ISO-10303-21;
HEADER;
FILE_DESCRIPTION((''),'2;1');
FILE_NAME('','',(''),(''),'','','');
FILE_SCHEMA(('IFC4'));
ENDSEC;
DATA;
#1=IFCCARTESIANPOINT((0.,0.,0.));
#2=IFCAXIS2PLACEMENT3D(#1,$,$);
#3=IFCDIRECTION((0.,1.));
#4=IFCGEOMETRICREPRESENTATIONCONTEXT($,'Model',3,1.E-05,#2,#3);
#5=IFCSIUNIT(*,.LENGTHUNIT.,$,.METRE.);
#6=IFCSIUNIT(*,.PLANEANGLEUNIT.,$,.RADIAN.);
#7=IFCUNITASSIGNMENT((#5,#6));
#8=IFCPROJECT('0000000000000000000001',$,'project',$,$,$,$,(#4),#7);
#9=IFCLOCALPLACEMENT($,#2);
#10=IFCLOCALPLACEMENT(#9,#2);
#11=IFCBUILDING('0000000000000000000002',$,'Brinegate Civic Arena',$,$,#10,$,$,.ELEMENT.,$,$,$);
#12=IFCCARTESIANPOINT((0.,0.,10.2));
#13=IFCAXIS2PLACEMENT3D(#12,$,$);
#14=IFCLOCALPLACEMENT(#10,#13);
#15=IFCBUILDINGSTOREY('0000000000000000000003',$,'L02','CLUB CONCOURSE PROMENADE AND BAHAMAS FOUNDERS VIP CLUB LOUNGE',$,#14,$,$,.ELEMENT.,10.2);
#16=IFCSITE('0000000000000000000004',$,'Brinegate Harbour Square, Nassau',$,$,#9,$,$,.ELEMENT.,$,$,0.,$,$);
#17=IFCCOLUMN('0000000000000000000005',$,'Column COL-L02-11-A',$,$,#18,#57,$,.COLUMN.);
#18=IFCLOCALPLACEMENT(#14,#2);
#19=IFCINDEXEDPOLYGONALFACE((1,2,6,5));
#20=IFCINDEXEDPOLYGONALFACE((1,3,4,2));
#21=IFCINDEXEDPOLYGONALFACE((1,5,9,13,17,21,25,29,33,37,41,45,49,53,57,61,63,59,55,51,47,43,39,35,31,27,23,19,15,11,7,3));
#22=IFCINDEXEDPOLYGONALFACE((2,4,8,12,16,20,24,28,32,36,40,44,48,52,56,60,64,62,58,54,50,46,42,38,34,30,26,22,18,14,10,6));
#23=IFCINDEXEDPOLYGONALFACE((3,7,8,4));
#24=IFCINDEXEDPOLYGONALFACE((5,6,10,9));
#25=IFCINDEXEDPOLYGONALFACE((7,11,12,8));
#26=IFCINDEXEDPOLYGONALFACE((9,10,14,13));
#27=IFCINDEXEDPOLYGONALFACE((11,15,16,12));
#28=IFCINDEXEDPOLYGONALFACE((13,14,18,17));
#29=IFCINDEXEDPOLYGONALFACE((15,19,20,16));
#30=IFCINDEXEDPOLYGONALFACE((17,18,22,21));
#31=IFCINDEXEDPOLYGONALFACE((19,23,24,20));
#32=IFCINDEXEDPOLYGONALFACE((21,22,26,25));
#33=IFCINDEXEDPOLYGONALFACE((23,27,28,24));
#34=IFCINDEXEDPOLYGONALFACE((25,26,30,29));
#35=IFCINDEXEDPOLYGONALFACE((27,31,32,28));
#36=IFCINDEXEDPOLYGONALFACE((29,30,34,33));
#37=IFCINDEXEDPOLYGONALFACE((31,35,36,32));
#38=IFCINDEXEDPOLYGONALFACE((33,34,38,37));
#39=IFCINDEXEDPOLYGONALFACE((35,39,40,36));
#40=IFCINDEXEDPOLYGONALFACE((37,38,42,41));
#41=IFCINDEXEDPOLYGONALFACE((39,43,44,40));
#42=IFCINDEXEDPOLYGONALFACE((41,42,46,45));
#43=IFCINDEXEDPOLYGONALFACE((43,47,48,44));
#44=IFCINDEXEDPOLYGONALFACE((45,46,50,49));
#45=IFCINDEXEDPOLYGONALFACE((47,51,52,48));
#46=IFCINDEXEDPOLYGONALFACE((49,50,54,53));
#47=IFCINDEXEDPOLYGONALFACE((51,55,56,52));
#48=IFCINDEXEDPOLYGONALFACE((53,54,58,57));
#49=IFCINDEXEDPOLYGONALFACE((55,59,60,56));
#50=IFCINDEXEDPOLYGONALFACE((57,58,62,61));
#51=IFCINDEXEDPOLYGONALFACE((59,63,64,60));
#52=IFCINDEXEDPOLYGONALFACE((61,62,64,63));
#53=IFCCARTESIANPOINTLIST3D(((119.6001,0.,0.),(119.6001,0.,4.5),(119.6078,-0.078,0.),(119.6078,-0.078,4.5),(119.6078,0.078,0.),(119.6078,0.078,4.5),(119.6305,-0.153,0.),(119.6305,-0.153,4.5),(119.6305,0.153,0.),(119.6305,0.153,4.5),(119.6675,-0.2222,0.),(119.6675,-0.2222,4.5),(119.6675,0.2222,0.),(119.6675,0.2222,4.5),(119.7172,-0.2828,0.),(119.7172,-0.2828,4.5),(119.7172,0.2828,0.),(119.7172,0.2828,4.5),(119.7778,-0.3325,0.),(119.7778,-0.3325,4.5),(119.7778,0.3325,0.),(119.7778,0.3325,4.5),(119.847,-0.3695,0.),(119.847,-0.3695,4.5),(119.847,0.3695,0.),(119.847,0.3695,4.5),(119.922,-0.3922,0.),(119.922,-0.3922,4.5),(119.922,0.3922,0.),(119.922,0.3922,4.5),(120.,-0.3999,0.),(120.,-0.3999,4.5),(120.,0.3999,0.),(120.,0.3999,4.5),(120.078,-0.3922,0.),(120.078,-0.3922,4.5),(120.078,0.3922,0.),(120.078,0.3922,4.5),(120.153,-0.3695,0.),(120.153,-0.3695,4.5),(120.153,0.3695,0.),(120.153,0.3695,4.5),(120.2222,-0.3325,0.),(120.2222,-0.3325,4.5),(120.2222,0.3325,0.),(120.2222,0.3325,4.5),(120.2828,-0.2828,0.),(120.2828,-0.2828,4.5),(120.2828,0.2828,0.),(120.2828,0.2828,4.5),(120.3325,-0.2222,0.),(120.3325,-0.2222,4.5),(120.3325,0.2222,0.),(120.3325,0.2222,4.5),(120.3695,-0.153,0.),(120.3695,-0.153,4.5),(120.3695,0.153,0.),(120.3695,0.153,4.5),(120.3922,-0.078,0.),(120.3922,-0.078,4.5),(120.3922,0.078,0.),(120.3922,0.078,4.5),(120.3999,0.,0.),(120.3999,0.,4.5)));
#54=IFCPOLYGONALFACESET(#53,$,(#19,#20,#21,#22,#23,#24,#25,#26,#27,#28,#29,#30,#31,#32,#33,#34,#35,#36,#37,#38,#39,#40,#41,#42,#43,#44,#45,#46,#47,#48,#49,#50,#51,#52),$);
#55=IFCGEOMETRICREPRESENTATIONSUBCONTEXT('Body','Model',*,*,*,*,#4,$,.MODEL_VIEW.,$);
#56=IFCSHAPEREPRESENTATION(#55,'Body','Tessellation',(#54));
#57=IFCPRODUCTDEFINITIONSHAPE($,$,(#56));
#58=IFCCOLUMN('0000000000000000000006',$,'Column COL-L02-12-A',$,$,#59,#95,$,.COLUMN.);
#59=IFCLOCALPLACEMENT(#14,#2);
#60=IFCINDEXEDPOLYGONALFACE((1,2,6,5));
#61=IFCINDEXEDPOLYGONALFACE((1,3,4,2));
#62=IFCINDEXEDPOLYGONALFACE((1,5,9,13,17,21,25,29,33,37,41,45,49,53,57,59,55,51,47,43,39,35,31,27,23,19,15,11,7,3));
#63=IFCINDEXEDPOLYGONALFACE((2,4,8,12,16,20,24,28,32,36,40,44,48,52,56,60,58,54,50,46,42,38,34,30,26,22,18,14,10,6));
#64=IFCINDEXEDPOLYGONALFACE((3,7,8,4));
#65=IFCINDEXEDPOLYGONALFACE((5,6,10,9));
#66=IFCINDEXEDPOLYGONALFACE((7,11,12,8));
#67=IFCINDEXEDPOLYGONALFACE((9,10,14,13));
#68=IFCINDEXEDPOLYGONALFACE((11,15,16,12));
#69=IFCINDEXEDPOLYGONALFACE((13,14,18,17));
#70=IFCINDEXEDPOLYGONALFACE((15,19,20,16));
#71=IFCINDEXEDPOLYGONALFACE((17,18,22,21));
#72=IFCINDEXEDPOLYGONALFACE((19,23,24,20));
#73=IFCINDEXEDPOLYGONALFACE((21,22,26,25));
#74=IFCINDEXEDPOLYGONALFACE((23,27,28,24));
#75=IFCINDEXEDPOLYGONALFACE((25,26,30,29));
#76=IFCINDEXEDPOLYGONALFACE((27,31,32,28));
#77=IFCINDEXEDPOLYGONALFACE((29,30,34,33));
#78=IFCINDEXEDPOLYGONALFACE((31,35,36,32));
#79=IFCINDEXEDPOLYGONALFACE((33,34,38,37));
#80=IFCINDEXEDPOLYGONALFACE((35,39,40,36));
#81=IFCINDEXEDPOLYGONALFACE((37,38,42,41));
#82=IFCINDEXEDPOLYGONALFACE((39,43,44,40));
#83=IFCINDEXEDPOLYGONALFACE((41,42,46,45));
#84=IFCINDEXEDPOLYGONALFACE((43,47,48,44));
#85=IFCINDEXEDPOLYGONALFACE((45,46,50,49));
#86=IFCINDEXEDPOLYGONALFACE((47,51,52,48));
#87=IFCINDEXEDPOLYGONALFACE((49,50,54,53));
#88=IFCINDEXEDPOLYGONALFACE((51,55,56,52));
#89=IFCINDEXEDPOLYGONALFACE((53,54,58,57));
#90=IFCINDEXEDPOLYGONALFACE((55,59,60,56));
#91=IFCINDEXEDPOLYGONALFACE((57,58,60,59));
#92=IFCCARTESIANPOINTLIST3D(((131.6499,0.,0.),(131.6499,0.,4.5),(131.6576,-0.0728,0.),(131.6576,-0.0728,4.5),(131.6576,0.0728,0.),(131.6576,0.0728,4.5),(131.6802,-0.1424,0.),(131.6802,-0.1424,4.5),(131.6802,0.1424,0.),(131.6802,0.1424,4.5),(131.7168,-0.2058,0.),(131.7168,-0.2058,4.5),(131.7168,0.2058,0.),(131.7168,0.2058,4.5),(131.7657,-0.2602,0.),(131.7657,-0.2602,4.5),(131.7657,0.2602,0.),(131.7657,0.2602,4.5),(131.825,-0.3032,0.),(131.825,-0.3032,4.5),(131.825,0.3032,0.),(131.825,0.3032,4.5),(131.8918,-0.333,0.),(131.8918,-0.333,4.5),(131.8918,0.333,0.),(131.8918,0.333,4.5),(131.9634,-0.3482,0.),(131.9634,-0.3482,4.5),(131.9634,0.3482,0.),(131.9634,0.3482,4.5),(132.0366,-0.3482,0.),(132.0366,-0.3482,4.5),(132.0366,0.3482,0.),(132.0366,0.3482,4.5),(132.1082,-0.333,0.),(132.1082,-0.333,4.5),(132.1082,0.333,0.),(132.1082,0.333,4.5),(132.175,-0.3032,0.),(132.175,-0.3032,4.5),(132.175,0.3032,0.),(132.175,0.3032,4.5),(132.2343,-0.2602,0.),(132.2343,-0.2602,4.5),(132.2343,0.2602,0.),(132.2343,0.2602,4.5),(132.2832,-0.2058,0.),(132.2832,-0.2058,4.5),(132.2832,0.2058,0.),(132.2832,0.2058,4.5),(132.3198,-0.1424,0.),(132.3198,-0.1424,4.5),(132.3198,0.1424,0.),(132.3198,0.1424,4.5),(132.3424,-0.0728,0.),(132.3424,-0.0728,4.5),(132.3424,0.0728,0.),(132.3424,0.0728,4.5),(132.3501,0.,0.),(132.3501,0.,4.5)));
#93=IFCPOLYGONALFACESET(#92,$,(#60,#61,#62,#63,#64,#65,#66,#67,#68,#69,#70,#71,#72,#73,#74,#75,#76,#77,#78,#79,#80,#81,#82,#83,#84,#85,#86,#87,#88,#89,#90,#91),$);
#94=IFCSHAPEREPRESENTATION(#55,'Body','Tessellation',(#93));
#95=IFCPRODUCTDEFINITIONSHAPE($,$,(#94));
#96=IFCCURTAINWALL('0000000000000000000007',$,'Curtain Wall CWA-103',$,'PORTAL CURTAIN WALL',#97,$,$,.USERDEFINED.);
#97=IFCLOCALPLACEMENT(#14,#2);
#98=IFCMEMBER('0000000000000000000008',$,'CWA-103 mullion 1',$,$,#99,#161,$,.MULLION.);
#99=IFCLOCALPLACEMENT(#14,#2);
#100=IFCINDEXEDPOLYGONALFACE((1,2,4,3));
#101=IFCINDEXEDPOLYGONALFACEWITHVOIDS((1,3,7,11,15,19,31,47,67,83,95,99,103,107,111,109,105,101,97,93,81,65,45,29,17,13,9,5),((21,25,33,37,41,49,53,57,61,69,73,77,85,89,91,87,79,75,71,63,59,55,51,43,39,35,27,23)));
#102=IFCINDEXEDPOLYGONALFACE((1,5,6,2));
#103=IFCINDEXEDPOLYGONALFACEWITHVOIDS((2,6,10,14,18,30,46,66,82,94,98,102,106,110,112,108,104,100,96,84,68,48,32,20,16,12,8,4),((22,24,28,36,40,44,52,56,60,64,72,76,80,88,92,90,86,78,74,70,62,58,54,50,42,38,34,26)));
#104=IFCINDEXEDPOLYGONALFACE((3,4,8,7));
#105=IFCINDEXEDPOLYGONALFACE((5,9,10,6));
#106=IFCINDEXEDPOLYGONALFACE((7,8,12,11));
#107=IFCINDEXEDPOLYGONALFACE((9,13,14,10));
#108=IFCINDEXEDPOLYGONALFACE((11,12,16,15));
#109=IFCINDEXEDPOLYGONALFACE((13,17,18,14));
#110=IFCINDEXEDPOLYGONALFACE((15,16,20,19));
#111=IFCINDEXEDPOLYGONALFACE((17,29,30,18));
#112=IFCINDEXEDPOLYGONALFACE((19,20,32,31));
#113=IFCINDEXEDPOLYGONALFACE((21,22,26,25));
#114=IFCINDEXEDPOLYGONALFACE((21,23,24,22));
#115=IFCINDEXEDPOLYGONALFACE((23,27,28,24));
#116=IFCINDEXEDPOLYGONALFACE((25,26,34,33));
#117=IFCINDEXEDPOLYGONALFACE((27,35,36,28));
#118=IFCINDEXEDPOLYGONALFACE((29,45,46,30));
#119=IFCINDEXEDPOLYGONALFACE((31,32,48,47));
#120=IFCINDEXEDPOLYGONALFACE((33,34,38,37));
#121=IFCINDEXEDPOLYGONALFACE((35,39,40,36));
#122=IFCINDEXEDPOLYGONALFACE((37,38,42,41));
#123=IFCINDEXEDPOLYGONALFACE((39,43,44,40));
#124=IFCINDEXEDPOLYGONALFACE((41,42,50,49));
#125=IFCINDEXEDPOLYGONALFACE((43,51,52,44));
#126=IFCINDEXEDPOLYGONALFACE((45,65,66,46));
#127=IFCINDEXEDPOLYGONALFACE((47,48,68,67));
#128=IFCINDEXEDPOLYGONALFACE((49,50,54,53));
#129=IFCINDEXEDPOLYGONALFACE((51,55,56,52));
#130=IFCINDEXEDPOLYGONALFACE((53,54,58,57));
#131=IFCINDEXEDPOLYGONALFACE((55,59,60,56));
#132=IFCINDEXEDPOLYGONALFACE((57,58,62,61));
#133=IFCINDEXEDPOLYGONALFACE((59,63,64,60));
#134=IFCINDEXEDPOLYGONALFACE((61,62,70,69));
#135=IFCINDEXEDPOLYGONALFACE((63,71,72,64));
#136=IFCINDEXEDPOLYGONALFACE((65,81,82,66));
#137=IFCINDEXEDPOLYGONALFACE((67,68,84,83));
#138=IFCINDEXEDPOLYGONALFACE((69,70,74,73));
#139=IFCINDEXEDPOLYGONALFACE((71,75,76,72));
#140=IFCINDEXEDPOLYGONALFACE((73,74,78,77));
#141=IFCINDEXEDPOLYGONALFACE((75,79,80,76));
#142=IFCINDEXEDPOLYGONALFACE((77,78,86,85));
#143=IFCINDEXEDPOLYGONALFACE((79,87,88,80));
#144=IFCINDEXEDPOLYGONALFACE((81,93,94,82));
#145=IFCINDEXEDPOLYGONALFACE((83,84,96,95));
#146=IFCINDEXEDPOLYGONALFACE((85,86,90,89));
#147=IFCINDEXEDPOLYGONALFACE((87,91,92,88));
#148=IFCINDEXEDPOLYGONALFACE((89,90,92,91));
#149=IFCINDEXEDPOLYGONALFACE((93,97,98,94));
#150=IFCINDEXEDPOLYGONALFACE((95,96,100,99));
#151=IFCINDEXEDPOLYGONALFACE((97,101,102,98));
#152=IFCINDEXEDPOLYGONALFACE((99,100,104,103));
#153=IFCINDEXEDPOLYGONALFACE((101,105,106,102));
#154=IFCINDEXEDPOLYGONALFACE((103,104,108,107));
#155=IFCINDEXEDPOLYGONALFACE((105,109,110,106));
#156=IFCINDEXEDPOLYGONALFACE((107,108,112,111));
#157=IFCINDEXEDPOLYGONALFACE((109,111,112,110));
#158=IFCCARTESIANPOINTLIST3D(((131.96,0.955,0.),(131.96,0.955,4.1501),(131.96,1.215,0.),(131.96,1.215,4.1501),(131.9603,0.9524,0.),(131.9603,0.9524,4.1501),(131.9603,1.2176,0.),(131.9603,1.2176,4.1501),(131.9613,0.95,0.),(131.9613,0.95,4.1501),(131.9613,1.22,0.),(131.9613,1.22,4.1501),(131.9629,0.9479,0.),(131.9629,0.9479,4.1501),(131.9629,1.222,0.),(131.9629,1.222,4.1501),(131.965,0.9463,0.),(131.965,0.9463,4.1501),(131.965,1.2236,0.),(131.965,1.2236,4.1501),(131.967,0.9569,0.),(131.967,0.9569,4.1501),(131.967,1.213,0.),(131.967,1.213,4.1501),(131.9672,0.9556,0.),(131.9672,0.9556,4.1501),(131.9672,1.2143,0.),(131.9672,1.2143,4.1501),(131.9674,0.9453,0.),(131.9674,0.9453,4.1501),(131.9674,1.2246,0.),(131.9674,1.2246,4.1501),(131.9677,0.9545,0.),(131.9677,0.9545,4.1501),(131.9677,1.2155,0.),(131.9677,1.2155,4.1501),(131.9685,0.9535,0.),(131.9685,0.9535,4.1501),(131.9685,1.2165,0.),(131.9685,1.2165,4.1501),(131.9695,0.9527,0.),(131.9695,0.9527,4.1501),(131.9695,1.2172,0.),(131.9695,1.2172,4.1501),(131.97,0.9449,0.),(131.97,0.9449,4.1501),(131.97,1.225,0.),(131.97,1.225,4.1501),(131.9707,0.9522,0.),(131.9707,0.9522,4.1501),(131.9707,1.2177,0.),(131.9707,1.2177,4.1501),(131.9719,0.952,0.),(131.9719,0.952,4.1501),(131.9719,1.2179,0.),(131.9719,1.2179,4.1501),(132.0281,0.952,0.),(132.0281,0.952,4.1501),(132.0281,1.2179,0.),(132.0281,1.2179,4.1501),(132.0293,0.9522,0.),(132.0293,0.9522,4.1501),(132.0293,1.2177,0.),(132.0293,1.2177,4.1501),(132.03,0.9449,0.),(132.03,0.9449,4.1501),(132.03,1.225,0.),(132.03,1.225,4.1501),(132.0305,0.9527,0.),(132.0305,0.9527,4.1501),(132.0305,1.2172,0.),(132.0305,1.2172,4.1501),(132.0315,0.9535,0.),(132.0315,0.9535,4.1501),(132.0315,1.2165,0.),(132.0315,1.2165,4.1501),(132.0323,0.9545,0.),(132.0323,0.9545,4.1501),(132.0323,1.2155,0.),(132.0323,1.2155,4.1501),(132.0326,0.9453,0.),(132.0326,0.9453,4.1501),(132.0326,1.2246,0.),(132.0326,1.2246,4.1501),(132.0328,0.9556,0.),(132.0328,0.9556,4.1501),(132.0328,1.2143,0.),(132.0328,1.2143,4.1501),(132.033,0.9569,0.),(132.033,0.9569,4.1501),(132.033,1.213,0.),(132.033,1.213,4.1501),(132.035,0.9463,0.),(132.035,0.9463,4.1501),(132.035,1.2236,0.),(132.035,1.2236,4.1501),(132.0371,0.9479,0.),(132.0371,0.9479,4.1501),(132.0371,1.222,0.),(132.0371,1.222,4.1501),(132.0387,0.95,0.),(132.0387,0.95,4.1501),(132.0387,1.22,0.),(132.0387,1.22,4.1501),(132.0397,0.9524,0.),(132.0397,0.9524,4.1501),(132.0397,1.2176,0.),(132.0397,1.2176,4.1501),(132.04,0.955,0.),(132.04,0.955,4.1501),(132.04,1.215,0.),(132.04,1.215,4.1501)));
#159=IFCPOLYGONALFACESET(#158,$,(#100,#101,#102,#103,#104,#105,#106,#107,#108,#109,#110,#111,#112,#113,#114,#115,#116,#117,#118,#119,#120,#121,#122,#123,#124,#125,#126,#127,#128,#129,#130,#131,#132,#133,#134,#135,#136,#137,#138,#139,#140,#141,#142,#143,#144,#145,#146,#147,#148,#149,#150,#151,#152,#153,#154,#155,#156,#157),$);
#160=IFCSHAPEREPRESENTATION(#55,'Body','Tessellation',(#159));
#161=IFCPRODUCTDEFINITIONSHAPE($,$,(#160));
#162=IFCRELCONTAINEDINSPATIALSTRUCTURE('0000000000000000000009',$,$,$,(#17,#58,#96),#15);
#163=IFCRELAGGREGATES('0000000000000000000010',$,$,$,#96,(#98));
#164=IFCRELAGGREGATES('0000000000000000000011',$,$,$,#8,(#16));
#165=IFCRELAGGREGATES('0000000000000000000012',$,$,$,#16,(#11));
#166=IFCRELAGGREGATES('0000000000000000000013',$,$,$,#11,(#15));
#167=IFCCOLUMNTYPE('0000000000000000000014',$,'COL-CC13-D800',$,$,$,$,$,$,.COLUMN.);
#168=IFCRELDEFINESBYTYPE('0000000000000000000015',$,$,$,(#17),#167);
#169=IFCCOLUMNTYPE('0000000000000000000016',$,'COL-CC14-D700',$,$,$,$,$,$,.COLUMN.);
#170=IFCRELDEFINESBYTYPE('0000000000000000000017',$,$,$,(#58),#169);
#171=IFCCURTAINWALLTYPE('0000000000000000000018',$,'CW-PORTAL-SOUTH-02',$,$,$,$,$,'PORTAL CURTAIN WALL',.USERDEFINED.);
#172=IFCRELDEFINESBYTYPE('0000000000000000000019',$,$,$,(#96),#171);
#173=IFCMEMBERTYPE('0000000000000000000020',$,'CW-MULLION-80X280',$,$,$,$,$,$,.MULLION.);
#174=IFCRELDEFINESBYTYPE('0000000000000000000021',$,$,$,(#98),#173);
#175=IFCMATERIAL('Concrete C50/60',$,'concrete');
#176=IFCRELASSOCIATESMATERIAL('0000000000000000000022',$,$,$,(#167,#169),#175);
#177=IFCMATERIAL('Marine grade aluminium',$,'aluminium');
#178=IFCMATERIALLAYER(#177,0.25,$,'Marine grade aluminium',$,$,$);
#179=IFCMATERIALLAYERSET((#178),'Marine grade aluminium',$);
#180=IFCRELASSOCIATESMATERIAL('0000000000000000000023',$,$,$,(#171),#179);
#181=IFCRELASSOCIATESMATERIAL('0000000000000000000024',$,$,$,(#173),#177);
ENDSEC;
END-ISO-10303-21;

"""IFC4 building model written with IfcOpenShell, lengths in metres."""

from ifc_helpers import new_model, si_unit, direction, frame, origin, origin_2d, place, context, subcontext, project, spatial, hollow_rectangle, circle, extrude, material, layer, layer_set, material_profile, profile_set, type_object, element, aggregate, save


model = new_model("IFC4")

# Units and contexts
model_context = context("Model", 3, precision=1e-05, world=origin(), true_north=direction((0.0, 1.0)))
body_context = subcontext(model_context, "Body", "Model", "MODEL_VIEW")
ifc_project = project(units=[si_unit("LENGTHUNIT", "METRE"), si_unit("PLANEANGLEUNIT", "RADIAN")], contexts=[model_context])

# Site, building, storey
site_placement = place(None, origin())
site = spatial("IfcSite", under=ifc_project, at=site_placement, Name="Brinegate Harbour Square, Nassau", CompositionType="ELEMENT", RefElevation=0.0)
building_placement = place(site_placement, origin())
building = spatial("IfcBuilding", under=site, at=building_placement, Name="Brinegate Civic Arena", CompositionType="ELEMENT")
storey_placement = place(building_placement, frame((0.0, 0.0, 10.2)))
storey = spatial("IfcBuildingStorey", under=building, at=storey_placement, Name="L02", Description="CLUB CONCOURSE PROMENADE AND BAHAMAS FOUNDERS VIP CLUB LOUNGE", CompositionType="ELEMENT", Elevation=10.2)

# Columns
ifc_material_1 = material(Name="Concrete C50/60", Category="concrete")
ifc_material_profile_1 = material_profile(ifc_material_1, circle(Radius=0.3999, at=origin_2d()), Name="RCD800")
ifc_profile_set_1 = profile_set([ifc_material_profile_1], Name="Concrete C50/60")
column_type_1 = type_object("IfcColumnType", Name="COL-CC13-D800", PredefinedType="COLUMN", material=ifc_profile_set_1)
column_1_placement = place(storey_placement, frame((120.0, 0.0, 0.0), z_axis=(0.0, 0.0, 1.0), x_axis=(1.0, 0.0, 0.0)))
element("IfcColumn", 1, at=column_1_placement, inside=storey, type_object=column_type_1, Name="Column COL-L02-11-A", PredefinedType="COLUMN", context=body_context, shape_type="SweptSolid", body=[
    extrude(circle(Radius=0.3999, at=origin_2d()), origin(), (0.0, 0.0, 1.0), 4.5),
])
ifc_material_profile_2 = material_profile(ifc_material_1, circle(Radius=0.3501, at=origin_2d()), Name="RCD700")
ifc_profile_set_2 = profile_set([ifc_material_profile_2], Name="Concrete C50/60")
column_type_2 = type_object("IfcColumnType", Name="COL-CC14-D700", PredefinedType="COLUMN", material=ifc_profile_set_2)
column_2_placement = place(storey_placement, frame((132.0, 0.0, 0.0), z_axis=(0.0, 0.0, 1.0), x_axis=(1.0, 0.0, 0.0)))
element("IfcColumn", 2, at=column_2_placement, inside=storey, type_object=column_type_2, Name="Column COL-L02-12-A", PredefinedType="COLUMN", context=body_context, shape_type="SweptSolid", body=[
    extrude(circle(Radius=0.3501, at=origin_2d()), origin(), (0.0, 0.0, 1.0), 4.5),
])

# Curtain wall, member
ifc_material_2 = material(Name="Marine grade aluminium", Category="aluminium")
ifc_layer_1 = layer(ifc_material_2, 0.25, Name="Marine grade aluminium")
ifc_layer_set_1 = layer_set([ifc_layer_1], Name="Marine grade aluminium")
curtain_wall_type = type_object("IfcCurtainWallType", Name="CW-PORTAL-SOUTH-02", ElementType="PORTAL CURTAIN WALL", PredefinedType="USERDEFINED", material=ifc_layer_set_1)
curtain_wall_placement = place(storey_placement, origin())
curtain_wall = element("IfcCurtainWall", 3, at=curtain_wall_placement, inside=storey, type_object=curtain_wall_type, Name="Curtain Wall CWA-103", ObjectType="PORTAL CURTAIN WALL", PredefinedType="USERDEFINED")
ifc_material_profile_3 = material_profile(ifc_material_2, hollow_rectangle(XDim=0.0801, YDim=0.28, WallThickness=0.0071, InnerFilletRadius=0.0049, OuterFilletRadius=0.01, at=origin_2d()), Name="MUL80X280")
ifc_profile_set_3 = profile_set([ifc_material_profile_3], Name="Marine grade aluminium")
member_type = type_object("IfcMemberType", Name="CW-MULLION-80X280", PredefinedType="MULLION", material=ifc_profile_set_3)
member_placement = place(storey_placement, frame((132.0, 1.085, 0.0), z_axis=(0.0, 0.0, 1.0), x_axis=(-1.0, 0.0, 0.0)))
member = element("IfcMember", 4, at=member_placement, type_object=member_type, Name="CWA-103 mullion 1", PredefinedType="MULLION", context=body_context, shape_type="SweptSolid", body=[
    extrude(hollow_rectangle(XDim=0.0801, YDim=0.28, WallThickness=0.0071, InnerFilletRadius=0.0049, OuterFilletRadius=0.01, at=origin_2d()), origin(), (0.0, 0.0, 1.0), 4.1501),
])
aggregate(curtain_wall, [member])

save(model, "model.ifc")
